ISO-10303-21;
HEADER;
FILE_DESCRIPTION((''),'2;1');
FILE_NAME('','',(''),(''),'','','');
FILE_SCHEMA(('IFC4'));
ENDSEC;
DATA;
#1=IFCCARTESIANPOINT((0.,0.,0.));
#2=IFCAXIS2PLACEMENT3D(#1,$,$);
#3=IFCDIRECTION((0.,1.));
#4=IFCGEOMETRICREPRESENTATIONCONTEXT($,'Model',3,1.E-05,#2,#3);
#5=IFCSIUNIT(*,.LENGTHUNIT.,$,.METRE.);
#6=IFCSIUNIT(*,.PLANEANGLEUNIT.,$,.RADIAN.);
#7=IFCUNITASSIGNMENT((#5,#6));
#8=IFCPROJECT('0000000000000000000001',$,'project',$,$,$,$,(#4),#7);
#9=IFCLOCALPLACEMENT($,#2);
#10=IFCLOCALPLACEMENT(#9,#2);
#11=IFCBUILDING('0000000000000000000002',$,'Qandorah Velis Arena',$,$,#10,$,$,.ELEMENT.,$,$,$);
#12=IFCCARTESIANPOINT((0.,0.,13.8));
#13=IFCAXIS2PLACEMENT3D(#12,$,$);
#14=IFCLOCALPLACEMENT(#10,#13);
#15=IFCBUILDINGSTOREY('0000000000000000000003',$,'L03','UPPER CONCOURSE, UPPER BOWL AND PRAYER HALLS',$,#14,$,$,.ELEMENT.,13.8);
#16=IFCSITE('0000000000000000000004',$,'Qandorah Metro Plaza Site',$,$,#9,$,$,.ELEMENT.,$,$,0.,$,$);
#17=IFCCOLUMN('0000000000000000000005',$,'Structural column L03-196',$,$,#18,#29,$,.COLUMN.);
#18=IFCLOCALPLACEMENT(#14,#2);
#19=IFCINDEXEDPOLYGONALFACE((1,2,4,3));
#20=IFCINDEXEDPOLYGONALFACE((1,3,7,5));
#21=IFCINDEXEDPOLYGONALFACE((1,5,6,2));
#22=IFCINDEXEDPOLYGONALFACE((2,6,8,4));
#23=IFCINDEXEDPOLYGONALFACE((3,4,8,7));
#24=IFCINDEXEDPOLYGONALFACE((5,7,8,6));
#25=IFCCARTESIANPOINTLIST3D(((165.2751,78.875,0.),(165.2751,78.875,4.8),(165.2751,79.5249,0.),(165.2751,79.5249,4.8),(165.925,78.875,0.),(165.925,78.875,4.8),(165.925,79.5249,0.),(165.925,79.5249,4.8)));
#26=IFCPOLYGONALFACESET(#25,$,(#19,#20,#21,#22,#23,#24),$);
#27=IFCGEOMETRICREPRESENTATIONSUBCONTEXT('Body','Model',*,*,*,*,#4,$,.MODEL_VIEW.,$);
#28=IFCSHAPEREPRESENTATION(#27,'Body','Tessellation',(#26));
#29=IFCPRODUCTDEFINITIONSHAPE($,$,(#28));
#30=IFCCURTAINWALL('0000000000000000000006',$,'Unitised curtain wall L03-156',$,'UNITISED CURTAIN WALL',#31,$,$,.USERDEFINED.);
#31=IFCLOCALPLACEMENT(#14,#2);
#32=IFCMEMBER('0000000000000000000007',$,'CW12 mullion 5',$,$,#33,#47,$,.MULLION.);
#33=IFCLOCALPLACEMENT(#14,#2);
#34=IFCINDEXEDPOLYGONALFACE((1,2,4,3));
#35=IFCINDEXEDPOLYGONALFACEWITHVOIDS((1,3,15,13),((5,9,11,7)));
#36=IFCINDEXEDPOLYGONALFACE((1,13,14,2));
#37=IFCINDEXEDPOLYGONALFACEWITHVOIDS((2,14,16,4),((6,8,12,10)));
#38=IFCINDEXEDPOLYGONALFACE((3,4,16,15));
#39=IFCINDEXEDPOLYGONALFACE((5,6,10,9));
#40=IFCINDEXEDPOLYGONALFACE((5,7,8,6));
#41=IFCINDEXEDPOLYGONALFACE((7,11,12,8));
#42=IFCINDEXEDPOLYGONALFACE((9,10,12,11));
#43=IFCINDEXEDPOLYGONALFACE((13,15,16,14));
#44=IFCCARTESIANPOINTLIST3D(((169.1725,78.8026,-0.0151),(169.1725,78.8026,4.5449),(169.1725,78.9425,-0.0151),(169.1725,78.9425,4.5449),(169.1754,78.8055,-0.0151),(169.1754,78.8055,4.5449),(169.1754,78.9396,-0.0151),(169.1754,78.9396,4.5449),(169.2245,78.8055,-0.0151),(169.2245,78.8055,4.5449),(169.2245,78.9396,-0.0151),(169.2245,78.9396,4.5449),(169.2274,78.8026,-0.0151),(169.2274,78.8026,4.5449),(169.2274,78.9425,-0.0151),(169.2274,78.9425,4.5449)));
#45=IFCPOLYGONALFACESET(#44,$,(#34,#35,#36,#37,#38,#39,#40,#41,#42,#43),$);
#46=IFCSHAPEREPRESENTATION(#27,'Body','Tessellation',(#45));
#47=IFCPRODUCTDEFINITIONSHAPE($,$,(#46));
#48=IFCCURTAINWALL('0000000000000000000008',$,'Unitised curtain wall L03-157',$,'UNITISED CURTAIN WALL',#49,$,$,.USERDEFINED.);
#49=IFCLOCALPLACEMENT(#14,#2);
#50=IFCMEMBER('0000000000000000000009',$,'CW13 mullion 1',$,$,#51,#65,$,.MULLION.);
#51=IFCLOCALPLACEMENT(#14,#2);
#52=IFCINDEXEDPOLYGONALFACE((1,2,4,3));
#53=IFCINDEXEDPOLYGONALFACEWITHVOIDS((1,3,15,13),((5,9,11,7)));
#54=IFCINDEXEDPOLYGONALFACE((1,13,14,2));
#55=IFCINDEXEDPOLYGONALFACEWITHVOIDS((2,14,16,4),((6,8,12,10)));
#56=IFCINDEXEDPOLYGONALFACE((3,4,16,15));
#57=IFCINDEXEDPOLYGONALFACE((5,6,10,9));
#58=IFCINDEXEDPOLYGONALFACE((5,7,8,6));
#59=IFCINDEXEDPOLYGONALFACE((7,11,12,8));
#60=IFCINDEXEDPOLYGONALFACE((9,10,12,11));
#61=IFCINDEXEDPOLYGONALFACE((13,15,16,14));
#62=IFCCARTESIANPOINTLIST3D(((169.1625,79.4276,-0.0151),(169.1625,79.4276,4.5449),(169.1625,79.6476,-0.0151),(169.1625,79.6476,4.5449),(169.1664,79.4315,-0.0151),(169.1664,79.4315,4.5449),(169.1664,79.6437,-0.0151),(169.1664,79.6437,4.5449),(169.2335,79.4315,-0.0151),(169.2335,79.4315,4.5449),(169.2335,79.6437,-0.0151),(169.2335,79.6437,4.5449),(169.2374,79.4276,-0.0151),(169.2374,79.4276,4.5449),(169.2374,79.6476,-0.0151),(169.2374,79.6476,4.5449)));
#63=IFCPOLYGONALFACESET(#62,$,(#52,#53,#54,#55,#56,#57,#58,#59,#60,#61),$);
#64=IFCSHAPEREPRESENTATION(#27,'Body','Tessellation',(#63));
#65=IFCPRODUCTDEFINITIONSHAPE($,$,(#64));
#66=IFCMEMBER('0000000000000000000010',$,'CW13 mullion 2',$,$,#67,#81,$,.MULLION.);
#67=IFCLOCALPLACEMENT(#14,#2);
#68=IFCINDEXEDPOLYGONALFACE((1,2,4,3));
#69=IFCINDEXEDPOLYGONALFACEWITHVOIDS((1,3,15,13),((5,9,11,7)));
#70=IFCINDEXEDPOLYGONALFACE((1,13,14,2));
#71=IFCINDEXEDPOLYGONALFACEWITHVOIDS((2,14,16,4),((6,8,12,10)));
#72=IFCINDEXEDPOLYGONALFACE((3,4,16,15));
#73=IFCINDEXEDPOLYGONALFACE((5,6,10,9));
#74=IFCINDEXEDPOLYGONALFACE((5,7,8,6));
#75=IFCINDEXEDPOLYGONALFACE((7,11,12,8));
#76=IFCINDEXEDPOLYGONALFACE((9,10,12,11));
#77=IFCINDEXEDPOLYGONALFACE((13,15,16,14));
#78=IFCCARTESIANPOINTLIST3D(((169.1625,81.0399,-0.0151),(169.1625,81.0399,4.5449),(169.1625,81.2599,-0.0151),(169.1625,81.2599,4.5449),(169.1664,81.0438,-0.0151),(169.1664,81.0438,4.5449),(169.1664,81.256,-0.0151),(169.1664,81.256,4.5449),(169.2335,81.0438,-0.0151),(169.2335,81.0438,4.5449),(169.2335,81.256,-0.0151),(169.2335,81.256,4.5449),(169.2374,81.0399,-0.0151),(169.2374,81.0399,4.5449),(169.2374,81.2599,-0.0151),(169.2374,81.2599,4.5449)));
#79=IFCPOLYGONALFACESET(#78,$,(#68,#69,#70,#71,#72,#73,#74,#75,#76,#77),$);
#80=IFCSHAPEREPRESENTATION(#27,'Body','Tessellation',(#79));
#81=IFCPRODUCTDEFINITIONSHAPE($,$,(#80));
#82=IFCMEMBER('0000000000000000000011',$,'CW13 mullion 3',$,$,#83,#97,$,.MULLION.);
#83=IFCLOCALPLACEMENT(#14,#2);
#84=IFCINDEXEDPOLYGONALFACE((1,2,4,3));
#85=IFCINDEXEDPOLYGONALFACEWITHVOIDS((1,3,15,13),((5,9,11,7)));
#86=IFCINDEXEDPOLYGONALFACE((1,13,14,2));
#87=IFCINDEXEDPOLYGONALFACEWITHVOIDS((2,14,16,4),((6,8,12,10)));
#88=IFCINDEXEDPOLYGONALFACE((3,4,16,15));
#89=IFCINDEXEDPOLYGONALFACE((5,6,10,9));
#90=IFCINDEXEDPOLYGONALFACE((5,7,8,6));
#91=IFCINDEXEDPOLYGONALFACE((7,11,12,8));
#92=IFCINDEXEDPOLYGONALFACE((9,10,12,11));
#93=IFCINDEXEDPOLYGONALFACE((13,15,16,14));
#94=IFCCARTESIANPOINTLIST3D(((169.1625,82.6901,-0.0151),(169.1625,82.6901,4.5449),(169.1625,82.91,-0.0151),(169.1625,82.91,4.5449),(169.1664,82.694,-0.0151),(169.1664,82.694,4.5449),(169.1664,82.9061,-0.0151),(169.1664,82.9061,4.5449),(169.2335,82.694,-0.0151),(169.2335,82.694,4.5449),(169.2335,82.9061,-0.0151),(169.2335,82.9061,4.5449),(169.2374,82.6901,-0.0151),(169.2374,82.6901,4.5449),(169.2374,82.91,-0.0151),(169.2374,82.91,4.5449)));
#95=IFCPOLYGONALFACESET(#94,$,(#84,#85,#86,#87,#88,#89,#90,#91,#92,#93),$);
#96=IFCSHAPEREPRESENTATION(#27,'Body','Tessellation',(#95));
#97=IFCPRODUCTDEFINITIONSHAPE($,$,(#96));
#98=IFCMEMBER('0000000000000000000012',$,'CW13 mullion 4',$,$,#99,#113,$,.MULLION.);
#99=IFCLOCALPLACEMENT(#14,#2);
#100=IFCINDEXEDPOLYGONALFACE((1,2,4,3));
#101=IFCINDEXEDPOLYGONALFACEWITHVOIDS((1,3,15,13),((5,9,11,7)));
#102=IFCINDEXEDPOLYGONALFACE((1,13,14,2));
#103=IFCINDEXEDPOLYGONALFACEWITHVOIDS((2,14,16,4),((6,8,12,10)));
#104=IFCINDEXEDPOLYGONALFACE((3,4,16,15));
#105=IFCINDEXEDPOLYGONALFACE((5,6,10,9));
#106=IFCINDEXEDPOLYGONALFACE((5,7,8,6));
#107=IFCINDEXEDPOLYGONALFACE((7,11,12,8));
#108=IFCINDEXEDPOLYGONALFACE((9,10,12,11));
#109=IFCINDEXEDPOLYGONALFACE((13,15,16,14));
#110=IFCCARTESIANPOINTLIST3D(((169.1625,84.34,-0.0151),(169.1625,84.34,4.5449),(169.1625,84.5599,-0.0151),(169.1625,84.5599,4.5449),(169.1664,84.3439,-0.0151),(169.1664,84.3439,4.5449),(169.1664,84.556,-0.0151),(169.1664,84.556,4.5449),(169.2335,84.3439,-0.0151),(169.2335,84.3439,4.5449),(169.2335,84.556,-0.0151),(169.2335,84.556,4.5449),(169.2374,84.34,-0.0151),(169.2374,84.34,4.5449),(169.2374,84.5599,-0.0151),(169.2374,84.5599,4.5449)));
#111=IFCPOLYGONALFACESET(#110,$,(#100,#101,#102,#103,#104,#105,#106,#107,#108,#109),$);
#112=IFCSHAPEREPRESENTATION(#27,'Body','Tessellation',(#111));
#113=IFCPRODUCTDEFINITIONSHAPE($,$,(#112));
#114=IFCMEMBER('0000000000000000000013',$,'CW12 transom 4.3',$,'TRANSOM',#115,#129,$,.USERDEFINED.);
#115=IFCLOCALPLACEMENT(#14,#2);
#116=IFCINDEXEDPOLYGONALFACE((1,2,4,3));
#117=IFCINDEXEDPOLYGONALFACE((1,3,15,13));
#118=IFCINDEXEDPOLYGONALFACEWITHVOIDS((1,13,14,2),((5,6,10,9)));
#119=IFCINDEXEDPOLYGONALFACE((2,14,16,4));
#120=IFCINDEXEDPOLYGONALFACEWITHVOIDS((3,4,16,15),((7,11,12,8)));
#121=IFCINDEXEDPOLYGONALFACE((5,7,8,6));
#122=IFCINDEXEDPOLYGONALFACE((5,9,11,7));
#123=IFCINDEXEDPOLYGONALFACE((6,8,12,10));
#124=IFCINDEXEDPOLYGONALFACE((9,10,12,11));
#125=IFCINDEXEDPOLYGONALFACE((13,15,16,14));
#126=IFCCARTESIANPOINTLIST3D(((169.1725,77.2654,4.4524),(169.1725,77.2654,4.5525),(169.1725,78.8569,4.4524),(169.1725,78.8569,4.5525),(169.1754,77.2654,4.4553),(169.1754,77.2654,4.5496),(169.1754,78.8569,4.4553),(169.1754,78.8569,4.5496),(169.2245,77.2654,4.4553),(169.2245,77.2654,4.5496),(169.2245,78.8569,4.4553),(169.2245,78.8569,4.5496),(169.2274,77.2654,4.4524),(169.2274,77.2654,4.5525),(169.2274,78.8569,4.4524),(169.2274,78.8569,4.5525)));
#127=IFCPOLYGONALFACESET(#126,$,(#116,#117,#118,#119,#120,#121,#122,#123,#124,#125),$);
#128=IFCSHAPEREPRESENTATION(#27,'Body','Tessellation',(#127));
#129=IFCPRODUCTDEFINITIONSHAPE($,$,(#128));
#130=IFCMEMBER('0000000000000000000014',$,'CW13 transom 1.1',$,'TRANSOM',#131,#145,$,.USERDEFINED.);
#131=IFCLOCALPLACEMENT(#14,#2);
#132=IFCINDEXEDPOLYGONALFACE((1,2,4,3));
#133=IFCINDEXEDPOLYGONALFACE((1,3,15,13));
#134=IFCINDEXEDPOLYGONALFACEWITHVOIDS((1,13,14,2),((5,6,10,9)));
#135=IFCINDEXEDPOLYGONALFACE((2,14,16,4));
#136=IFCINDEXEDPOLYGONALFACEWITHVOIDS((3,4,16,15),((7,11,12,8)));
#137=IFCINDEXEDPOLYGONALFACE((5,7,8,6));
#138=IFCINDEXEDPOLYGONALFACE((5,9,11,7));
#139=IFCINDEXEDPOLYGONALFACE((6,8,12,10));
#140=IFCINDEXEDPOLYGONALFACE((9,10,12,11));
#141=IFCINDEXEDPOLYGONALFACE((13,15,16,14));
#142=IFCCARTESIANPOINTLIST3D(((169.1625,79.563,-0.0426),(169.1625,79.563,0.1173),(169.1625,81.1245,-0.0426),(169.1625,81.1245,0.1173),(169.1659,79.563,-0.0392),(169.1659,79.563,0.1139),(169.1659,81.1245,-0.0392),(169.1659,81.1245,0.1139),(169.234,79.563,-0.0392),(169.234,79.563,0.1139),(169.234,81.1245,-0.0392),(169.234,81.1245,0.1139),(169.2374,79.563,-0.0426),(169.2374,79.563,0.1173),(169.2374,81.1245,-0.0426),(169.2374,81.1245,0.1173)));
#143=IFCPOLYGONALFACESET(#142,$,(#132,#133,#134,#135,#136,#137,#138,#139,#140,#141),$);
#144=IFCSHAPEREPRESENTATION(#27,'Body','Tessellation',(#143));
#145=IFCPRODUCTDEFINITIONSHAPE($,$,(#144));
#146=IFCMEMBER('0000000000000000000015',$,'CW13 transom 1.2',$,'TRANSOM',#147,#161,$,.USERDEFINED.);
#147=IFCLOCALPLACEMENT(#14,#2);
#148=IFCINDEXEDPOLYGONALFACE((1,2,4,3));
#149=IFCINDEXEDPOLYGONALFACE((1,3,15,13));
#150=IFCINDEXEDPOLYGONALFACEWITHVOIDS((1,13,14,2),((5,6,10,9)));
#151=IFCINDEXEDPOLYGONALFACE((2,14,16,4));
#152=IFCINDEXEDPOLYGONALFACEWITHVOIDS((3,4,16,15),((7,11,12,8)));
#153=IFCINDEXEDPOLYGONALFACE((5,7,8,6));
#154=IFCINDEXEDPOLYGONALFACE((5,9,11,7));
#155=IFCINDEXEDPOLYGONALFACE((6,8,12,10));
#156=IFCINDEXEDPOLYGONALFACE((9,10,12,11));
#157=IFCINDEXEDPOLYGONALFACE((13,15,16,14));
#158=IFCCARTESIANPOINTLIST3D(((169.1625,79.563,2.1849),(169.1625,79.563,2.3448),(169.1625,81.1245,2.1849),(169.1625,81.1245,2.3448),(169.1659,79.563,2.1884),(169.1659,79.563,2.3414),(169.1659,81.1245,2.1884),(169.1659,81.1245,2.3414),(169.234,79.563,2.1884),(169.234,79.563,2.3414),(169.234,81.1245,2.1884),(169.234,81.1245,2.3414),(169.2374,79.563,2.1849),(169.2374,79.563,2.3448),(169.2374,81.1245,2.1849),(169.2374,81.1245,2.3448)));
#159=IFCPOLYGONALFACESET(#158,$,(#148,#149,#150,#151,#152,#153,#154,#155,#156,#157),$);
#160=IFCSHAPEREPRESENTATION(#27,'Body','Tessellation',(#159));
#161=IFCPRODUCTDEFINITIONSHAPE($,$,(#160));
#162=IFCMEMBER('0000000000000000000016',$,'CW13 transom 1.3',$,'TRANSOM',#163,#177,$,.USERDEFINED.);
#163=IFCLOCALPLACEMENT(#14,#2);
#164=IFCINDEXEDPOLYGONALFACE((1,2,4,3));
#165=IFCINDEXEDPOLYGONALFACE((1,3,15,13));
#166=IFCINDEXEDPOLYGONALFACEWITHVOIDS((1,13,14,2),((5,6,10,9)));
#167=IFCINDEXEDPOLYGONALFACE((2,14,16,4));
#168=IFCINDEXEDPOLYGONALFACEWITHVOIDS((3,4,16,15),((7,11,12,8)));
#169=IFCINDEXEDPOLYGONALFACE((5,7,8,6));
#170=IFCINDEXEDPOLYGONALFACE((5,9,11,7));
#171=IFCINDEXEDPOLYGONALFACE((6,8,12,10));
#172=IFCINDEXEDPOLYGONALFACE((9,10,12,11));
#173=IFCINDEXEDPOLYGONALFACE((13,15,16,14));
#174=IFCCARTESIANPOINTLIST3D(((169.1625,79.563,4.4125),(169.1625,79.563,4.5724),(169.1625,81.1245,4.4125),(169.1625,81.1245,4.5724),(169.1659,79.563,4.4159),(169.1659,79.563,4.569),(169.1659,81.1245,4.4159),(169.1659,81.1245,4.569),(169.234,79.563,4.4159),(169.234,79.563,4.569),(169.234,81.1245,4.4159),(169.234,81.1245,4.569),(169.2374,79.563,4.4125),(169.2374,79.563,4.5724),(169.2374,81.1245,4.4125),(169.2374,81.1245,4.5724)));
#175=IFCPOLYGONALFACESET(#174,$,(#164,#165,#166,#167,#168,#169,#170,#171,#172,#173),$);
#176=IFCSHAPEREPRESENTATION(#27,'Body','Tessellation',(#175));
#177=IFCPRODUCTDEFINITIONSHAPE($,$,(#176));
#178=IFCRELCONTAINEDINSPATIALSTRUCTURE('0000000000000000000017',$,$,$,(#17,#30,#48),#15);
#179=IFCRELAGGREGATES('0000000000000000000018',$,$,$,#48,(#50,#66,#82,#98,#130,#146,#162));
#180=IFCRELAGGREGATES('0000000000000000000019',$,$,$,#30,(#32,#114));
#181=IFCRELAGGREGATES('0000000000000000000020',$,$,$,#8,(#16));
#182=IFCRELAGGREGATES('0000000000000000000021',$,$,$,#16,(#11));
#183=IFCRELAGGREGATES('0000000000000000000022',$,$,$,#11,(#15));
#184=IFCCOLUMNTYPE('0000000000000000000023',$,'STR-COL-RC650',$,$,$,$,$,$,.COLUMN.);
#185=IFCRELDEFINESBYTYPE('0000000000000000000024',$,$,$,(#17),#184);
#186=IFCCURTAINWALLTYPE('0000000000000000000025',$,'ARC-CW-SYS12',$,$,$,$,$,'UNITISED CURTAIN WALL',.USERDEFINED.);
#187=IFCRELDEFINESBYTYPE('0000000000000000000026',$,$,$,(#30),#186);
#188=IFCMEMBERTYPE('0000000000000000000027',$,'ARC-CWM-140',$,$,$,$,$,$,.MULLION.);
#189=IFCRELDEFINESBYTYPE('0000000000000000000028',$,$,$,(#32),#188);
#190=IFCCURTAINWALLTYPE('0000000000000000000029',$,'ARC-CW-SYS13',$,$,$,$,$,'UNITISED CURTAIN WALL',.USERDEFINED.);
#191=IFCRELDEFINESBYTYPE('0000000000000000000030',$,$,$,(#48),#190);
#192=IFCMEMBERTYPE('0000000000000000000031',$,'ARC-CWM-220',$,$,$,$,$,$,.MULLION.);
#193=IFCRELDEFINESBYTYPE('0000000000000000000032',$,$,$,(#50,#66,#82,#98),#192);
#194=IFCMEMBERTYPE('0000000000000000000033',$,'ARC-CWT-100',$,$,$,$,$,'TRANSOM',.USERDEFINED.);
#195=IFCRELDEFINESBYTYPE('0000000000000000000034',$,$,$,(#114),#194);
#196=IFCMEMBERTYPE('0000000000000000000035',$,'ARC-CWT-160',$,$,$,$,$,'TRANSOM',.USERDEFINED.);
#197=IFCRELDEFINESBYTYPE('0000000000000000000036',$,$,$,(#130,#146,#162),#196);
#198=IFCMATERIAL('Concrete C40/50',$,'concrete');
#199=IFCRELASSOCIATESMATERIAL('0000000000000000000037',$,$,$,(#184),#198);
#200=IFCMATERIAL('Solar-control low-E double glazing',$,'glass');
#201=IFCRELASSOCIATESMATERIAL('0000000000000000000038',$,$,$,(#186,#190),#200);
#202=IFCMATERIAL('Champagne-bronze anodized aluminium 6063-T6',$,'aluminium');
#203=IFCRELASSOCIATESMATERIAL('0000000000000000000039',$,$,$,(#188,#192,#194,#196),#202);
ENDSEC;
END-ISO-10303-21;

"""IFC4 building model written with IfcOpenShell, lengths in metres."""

from ifc_helpers import new_model, si_unit, direction, frame, origin, origin_2d, place, context, subcontext, project, spatial, rectangle, hollow_rectangle, extrude, material, material_profile, profile_set, type_object, element, aggregate, save


model = new_model("IFC4")

# Units and contexts
model_context = context("Model", 3, precision=1e-05, world=origin(), true_north=direction((0.0, 1.0)))
body_context = subcontext(model_context, "Body", "Model", "MODEL_VIEW")
ifc_project = project(units=[si_unit("LENGTHUNIT", "METRE"), si_unit("PLANEANGLEUNIT", "RADIAN")], contexts=[model_context])

# Site, building, storey
site_placement = place(None, origin())
site = spatial("IfcSite", under=ifc_project, at=site_placement, Name="Qandorah Metro Plaza Site", CompositionType="ELEMENT", RefElevation=0.0)
building_placement = place(site_placement, origin())
building = spatial("IfcBuilding", under=site, at=building_placement, Name="Qandorah Velis Arena", CompositionType="ELEMENT")
storey_placement = place(building_placement, frame((0.0, 0.0, 13.8)))
storey = spatial("IfcBuildingStorey", under=building, at=storey_placement, Name="L03", Description="UPPER CONCOURSE, UPPER BOWL AND PRAYER HALLS", CompositionType="ELEMENT", Elevation=13.8)

# Column
ifc_material_1 = material(Name="Concrete C40/50", Category="concrete")
ifc_material_profile_1 = material_profile(ifc_material_1, rectangle(XDim=0.6499, YDim=0.6499, at=origin_2d()), Name="RC COL 650x650")
ifc_profile_set_1 = profile_set([ifc_material_profile_1], Name="Concrete C40/50")
column_type = type_object("IfcColumnType", Name="STR-COL-RC650", PredefinedType="COLUMN", material=ifc_profile_set_1)
column_placement = place(storey_placement, frame((165.6001, 79.2, 0.0), z_axis=(0.0, 0.0, 1.0), x_axis=(1.0, 0.0, 0.0)))
element("IfcColumn", 1, at=column_placement, inside=storey, type_object=column_type, Name="Structural column L03-196", PredefinedType="COLUMN", context=body_context, shape_type="SweptSolid", body=[
    extrude(rectangle(XDim=0.6499, YDim=0.6499, at=origin_2d()), origin(), (0.0, 0.0, 1.0), 4.8),
])

# Curtain wall, member
ifc_material_2 = material(Name="Solar-control low-E double glazing", Category="glass")
curtain_wall_type_1 = type_object("IfcCurtainWallType", Name="ARC-CW-SYS12", ElementType="UNITISED CURTAIN WALL", PredefinedType="USERDEFINED", material=ifc_material_2)
curtain_wall_1_placement = place(storey_placement, origin())
curtain_wall_1 = element("IfcCurtainWall", 2, at=curtain_wall_1_placement, inside=storey, type_object=curtain_wall_type_1, Name="Unitised curtain wall L03-156", ObjectType="UNITISED CURTAIN WALL", PredefinedType="USERDEFINED")
ifc_material_3 = material(Name="Champagne-bronze anodized aluminium 6063-T6", Category="aluminium")
ifc_material_profile_2 = material_profile(ifc_material_3, hollow_rectangle(XDim=0.0549, YDim=0.1399, WallThickness=0.0029, at=origin_2d()), Name="ALU MULLION 55x140")
ifc_profile_set_2 = profile_set([ifc_material_profile_2], Name="Champagne-bronze anodized aluminium 6063-T6")
member_type_1 = type_object("IfcMemberType", Name="ARC-CWM-140", PredefinedType="MULLION", material=ifc_profile_set_2)
member_1_placement = place(storey_placement, frame((169.2, 78.8726, -0.0151), z_axis=(0.0, 0.0, 1.0), x_axis=(-1.0, 0.0, 0.0)))
member_1 = element("IfcMember", 3, at=member_1_placement, type_object=member_type_1, Name="CW12 mullion 5", PredefinedType="MULLION", context=body_context, shape_type="SweptSolid", body=[
    extrude(hollow_rectangle(XDim=0.0549, YDim=0.1399, WallThickness=0.0029, at=origin_2d()), origin(), (0.0, 0.0, 1.0), 4.5601),
])

# Curtain wall, members
curtain_wall_type_2 = type_object("IfcCurtainWallType", Name="ARC-CW-SYS13", ElementType="UNITISED CURTAIN WALL", PredefinedType="USERDEFINED", material=ifc_material_2)
curtain_wall_2_placement = place(storey_placement, origin())
curtain_wall_2 = element("IfcCurtainWall", 4, at=curtain_wall_2_placement, inside=storey, type_object=curtain_wall_type_2, Name="Unitised curtain wall L03-157", ObjectType="UNITISED CURTAIN WALL", PredefinedType="USERDEFINED")
ifc_material_profile_3 = material_profile(ifc_material_3, hollow_rectangle(XDim=0.075, YDim=0.22, WallThickness=0.0039, at=origin_2d()), Name="ALU MULLION 75x220")
ifc_profile_set_3 = profile_set([ifc_material_profile_3], Name="Champagne-bronze anodized aluminium 6063-T6")
member_type_2 = type_object("IfcMemberType", Name="ARC-CWM-220", PredefinedType="MULLION", material=ifc_profile_set_3)
member_2_placement = place(storey_placement, frame((169.2, 79.5376, -0.0151), z_axis=(0.0, 0.0, 1.0), x_axis=(-1.0, 0.0, 0.0)))
member_2 = element("IfcMember", 5, at=member_2_placement, type_object=member_type_2, Name="CW13 mullion 1", PredefinedType="MULLION", context=body_context, shape_type="SweptSolid", body=[
    extrude(hollow_rectangle(XDim=0.075, YDim=0.22, WallThickness=0.0039, at=origin_2d()), origin(), (0.0, 0.0, 1.0), 4.5601),
])
member_3_placement = place(storey_placement, frame((169.2, 81.1499, -0.0151), z_axis=(0.0, 0.0, 1.0), x_axis=(-1.0, 0.0, 0.0)))
member_3 = element("IfcMember", 6, at=member_3_placement, type_object=member_type_2, Name="CW13 mullion 2", PredefinedType="MULLION", context=body_context, shape_type="SweptSolid", body=[
    extrude(hollow_rectangle(XDim=0.075, YDim=0.22, WallThickness=0.0039, at=origin_2d()), origin(), (0.0, 0.0, 1.0), 4.5601),
])
member_4_placement = place(storey_placement, frame((169.2, 82.8, -0.0151), z_axis=(0.0, 0.0, 1.0), x_axis=(-1.0, 0.0, 0.0)))
member_4 = element("IfcMember", 7, at=member_4_placement, type_object=member_type_2, Name="CW13 mullion 3", PredefinedType="MULLION", context=body_context, shape_type="SweptSolid", body=[
    extrude(hollow_rectangle(XDim=0.075, YDim=0.22, WallThickness=0.0039, at=origin_2d()), origin(), (0.0, 0.0, 1.0), 4.5601),
])
member_5_placement = place(storey_placement, frame((169.2, 84.45, -0.0151), z_axis=(0.0, 0.0, 1.0), x_axis=(-1.0, 0.0, 0.0)))
member_5 = element("IfcMember", 8, at=member_5_placement, type_object=member_type_2, Name="CW13 mullion 4", PredefinedType="MULLION", context=body_context, shape_type="SweptSolid", body=[
    extrude(hollow_rectangle(XDim=0.075, YDim=0.22, WallThickness=0.0039, at=origin_2d()), origin(), (0.0, 0.0, 1.0), 4.5601),
])

# Members
ifc_material_profile_4 = material_profile(ifc_material_3, hollow_rectangle(XDim=0.0549, YDim=0.1001, WallThickness=0.0029, at=origin_2d()), Name="ALU TRANSOM 55x100")
ifc_profile_set_4 = profile_set([ifc_material_profile_4], Name="Champagne-bronze anodized aluminium 6063-T6")
member_type_3 = type_object("IfcMemberType", Name="ARC-CWT-100", ElementType="TRANSOM", PredefinedType="USERDEFINED", material=ifc_profile_set_4)
member_6_placement = place(storey_placement, frame((169.2, 77.2654, 4.5024), z_axis=(0.0, 1.0, 0.0), x_axis=(-1.0, 0.0, 0.0)))
member_6 = element("IfcMember", 9, at=member_6_placement, type_object=member_type_3, Name="CW12 transom 4.3", ObjectType="TRANSOM", PredefinedType="USERDEFINED", context=body_context, shape_type="SweptSolid", body=[
    extrude(hollow_rectangle(XDim=0.0549, YDim=0.1001, WallThickness=0.0029, at=origin_2d()), origin(), (0.0, 0.0, 1.0), 1.5916),
])
ifc_material_profile_5 = material_profile(ifc_material_3, hollow_rectangle(XDim=0.075, YDim=0.1599, WallThickness=0.0034, at=origin_2d()), Name="ALU TRANSOM 75x160")
ifc_profile_set_5 = profile_set([ifc_material_profile_5], Name="Champagne-bronze anodized aluminium 6063-T6")
member_type_4 = type_object("IfcMemberType", Name="ARC-CWT-160", ElementType="TRANSOM", PredefinedType="USERDEFINED", material=ifc_profile_set_5)
member_7_placement = place(storey_placement, frame((169.2, 79.563, 0.0374), z_axis=(0.0, 1.0, 0.0), x_axis=(-1.0, 0.0, 0.0)))
member_7 = element("IfcMember", 10, at=member_7_placement, type_object=member_type_4, Name="CW13 transom 1.1", ObjectType="TRANSOM", PredefinedType="USERDEFINED", context=body_context, shape_type="SweptSolid", body=[
    extrude(hollow_rectangle(XDim=0.075, YDim=0.1599, WallThickness=0.0034, at=origin_2d()), origin(), (0.0, 0.0, 1.0), 1.5615),
])
member_8_placement = place(storey_placement, frame((169.2, 79.563, 2.2649), z_axis=(0.0, 1.0, 0.0), x_axis=(-1.0, 0.0, 0.0)))
member_8 = element("IfcMember", 11, at=member_8_placement, type_object=member_type_4, Name="CW13 transom 1.2", ObjectType="TRANSOM", PredefinedType="USERDEFINED", context=body_context, shape_type="SweptSolid", body=[
    extrude(hollow_rectangle(XDim=0.075, YDim=0.1599, WallThickness=0.0034, at=origin_2d()), origin(), (0.0, 0.0, 1.0), 1.5615),
])
member_9_placement = place(storey_placement, frame((169.2, 79.563, 4.4924), z_axis=(0.0, 1.0, 0.0), x_axis=(-1.0, 0.0, 0.0)))
member_9 = element("IfcMember", 12, at=member_9_placement, type_object=member_type_4, Name="CW13 transom 1.3", ObjectType="TRANSOM", PredefinedType="USERDEFINED", context=body_context, shape_type="SweptSolid", body=[
    extrude(hollow_rectangle(XDim=0.075, YDim=0.1599, WallThickness=0.0034, at=origin_2d()), origin(), (0.0, 0.0, 1.0), 1.5615),
])

aggregate(curtain_wall_2, [member_2, member_3, member_4, member_5, member_7, member_8, member_9])
aggregate(curtain_wall_1, [member_1, member_6])

save(model, "model.ifc")
